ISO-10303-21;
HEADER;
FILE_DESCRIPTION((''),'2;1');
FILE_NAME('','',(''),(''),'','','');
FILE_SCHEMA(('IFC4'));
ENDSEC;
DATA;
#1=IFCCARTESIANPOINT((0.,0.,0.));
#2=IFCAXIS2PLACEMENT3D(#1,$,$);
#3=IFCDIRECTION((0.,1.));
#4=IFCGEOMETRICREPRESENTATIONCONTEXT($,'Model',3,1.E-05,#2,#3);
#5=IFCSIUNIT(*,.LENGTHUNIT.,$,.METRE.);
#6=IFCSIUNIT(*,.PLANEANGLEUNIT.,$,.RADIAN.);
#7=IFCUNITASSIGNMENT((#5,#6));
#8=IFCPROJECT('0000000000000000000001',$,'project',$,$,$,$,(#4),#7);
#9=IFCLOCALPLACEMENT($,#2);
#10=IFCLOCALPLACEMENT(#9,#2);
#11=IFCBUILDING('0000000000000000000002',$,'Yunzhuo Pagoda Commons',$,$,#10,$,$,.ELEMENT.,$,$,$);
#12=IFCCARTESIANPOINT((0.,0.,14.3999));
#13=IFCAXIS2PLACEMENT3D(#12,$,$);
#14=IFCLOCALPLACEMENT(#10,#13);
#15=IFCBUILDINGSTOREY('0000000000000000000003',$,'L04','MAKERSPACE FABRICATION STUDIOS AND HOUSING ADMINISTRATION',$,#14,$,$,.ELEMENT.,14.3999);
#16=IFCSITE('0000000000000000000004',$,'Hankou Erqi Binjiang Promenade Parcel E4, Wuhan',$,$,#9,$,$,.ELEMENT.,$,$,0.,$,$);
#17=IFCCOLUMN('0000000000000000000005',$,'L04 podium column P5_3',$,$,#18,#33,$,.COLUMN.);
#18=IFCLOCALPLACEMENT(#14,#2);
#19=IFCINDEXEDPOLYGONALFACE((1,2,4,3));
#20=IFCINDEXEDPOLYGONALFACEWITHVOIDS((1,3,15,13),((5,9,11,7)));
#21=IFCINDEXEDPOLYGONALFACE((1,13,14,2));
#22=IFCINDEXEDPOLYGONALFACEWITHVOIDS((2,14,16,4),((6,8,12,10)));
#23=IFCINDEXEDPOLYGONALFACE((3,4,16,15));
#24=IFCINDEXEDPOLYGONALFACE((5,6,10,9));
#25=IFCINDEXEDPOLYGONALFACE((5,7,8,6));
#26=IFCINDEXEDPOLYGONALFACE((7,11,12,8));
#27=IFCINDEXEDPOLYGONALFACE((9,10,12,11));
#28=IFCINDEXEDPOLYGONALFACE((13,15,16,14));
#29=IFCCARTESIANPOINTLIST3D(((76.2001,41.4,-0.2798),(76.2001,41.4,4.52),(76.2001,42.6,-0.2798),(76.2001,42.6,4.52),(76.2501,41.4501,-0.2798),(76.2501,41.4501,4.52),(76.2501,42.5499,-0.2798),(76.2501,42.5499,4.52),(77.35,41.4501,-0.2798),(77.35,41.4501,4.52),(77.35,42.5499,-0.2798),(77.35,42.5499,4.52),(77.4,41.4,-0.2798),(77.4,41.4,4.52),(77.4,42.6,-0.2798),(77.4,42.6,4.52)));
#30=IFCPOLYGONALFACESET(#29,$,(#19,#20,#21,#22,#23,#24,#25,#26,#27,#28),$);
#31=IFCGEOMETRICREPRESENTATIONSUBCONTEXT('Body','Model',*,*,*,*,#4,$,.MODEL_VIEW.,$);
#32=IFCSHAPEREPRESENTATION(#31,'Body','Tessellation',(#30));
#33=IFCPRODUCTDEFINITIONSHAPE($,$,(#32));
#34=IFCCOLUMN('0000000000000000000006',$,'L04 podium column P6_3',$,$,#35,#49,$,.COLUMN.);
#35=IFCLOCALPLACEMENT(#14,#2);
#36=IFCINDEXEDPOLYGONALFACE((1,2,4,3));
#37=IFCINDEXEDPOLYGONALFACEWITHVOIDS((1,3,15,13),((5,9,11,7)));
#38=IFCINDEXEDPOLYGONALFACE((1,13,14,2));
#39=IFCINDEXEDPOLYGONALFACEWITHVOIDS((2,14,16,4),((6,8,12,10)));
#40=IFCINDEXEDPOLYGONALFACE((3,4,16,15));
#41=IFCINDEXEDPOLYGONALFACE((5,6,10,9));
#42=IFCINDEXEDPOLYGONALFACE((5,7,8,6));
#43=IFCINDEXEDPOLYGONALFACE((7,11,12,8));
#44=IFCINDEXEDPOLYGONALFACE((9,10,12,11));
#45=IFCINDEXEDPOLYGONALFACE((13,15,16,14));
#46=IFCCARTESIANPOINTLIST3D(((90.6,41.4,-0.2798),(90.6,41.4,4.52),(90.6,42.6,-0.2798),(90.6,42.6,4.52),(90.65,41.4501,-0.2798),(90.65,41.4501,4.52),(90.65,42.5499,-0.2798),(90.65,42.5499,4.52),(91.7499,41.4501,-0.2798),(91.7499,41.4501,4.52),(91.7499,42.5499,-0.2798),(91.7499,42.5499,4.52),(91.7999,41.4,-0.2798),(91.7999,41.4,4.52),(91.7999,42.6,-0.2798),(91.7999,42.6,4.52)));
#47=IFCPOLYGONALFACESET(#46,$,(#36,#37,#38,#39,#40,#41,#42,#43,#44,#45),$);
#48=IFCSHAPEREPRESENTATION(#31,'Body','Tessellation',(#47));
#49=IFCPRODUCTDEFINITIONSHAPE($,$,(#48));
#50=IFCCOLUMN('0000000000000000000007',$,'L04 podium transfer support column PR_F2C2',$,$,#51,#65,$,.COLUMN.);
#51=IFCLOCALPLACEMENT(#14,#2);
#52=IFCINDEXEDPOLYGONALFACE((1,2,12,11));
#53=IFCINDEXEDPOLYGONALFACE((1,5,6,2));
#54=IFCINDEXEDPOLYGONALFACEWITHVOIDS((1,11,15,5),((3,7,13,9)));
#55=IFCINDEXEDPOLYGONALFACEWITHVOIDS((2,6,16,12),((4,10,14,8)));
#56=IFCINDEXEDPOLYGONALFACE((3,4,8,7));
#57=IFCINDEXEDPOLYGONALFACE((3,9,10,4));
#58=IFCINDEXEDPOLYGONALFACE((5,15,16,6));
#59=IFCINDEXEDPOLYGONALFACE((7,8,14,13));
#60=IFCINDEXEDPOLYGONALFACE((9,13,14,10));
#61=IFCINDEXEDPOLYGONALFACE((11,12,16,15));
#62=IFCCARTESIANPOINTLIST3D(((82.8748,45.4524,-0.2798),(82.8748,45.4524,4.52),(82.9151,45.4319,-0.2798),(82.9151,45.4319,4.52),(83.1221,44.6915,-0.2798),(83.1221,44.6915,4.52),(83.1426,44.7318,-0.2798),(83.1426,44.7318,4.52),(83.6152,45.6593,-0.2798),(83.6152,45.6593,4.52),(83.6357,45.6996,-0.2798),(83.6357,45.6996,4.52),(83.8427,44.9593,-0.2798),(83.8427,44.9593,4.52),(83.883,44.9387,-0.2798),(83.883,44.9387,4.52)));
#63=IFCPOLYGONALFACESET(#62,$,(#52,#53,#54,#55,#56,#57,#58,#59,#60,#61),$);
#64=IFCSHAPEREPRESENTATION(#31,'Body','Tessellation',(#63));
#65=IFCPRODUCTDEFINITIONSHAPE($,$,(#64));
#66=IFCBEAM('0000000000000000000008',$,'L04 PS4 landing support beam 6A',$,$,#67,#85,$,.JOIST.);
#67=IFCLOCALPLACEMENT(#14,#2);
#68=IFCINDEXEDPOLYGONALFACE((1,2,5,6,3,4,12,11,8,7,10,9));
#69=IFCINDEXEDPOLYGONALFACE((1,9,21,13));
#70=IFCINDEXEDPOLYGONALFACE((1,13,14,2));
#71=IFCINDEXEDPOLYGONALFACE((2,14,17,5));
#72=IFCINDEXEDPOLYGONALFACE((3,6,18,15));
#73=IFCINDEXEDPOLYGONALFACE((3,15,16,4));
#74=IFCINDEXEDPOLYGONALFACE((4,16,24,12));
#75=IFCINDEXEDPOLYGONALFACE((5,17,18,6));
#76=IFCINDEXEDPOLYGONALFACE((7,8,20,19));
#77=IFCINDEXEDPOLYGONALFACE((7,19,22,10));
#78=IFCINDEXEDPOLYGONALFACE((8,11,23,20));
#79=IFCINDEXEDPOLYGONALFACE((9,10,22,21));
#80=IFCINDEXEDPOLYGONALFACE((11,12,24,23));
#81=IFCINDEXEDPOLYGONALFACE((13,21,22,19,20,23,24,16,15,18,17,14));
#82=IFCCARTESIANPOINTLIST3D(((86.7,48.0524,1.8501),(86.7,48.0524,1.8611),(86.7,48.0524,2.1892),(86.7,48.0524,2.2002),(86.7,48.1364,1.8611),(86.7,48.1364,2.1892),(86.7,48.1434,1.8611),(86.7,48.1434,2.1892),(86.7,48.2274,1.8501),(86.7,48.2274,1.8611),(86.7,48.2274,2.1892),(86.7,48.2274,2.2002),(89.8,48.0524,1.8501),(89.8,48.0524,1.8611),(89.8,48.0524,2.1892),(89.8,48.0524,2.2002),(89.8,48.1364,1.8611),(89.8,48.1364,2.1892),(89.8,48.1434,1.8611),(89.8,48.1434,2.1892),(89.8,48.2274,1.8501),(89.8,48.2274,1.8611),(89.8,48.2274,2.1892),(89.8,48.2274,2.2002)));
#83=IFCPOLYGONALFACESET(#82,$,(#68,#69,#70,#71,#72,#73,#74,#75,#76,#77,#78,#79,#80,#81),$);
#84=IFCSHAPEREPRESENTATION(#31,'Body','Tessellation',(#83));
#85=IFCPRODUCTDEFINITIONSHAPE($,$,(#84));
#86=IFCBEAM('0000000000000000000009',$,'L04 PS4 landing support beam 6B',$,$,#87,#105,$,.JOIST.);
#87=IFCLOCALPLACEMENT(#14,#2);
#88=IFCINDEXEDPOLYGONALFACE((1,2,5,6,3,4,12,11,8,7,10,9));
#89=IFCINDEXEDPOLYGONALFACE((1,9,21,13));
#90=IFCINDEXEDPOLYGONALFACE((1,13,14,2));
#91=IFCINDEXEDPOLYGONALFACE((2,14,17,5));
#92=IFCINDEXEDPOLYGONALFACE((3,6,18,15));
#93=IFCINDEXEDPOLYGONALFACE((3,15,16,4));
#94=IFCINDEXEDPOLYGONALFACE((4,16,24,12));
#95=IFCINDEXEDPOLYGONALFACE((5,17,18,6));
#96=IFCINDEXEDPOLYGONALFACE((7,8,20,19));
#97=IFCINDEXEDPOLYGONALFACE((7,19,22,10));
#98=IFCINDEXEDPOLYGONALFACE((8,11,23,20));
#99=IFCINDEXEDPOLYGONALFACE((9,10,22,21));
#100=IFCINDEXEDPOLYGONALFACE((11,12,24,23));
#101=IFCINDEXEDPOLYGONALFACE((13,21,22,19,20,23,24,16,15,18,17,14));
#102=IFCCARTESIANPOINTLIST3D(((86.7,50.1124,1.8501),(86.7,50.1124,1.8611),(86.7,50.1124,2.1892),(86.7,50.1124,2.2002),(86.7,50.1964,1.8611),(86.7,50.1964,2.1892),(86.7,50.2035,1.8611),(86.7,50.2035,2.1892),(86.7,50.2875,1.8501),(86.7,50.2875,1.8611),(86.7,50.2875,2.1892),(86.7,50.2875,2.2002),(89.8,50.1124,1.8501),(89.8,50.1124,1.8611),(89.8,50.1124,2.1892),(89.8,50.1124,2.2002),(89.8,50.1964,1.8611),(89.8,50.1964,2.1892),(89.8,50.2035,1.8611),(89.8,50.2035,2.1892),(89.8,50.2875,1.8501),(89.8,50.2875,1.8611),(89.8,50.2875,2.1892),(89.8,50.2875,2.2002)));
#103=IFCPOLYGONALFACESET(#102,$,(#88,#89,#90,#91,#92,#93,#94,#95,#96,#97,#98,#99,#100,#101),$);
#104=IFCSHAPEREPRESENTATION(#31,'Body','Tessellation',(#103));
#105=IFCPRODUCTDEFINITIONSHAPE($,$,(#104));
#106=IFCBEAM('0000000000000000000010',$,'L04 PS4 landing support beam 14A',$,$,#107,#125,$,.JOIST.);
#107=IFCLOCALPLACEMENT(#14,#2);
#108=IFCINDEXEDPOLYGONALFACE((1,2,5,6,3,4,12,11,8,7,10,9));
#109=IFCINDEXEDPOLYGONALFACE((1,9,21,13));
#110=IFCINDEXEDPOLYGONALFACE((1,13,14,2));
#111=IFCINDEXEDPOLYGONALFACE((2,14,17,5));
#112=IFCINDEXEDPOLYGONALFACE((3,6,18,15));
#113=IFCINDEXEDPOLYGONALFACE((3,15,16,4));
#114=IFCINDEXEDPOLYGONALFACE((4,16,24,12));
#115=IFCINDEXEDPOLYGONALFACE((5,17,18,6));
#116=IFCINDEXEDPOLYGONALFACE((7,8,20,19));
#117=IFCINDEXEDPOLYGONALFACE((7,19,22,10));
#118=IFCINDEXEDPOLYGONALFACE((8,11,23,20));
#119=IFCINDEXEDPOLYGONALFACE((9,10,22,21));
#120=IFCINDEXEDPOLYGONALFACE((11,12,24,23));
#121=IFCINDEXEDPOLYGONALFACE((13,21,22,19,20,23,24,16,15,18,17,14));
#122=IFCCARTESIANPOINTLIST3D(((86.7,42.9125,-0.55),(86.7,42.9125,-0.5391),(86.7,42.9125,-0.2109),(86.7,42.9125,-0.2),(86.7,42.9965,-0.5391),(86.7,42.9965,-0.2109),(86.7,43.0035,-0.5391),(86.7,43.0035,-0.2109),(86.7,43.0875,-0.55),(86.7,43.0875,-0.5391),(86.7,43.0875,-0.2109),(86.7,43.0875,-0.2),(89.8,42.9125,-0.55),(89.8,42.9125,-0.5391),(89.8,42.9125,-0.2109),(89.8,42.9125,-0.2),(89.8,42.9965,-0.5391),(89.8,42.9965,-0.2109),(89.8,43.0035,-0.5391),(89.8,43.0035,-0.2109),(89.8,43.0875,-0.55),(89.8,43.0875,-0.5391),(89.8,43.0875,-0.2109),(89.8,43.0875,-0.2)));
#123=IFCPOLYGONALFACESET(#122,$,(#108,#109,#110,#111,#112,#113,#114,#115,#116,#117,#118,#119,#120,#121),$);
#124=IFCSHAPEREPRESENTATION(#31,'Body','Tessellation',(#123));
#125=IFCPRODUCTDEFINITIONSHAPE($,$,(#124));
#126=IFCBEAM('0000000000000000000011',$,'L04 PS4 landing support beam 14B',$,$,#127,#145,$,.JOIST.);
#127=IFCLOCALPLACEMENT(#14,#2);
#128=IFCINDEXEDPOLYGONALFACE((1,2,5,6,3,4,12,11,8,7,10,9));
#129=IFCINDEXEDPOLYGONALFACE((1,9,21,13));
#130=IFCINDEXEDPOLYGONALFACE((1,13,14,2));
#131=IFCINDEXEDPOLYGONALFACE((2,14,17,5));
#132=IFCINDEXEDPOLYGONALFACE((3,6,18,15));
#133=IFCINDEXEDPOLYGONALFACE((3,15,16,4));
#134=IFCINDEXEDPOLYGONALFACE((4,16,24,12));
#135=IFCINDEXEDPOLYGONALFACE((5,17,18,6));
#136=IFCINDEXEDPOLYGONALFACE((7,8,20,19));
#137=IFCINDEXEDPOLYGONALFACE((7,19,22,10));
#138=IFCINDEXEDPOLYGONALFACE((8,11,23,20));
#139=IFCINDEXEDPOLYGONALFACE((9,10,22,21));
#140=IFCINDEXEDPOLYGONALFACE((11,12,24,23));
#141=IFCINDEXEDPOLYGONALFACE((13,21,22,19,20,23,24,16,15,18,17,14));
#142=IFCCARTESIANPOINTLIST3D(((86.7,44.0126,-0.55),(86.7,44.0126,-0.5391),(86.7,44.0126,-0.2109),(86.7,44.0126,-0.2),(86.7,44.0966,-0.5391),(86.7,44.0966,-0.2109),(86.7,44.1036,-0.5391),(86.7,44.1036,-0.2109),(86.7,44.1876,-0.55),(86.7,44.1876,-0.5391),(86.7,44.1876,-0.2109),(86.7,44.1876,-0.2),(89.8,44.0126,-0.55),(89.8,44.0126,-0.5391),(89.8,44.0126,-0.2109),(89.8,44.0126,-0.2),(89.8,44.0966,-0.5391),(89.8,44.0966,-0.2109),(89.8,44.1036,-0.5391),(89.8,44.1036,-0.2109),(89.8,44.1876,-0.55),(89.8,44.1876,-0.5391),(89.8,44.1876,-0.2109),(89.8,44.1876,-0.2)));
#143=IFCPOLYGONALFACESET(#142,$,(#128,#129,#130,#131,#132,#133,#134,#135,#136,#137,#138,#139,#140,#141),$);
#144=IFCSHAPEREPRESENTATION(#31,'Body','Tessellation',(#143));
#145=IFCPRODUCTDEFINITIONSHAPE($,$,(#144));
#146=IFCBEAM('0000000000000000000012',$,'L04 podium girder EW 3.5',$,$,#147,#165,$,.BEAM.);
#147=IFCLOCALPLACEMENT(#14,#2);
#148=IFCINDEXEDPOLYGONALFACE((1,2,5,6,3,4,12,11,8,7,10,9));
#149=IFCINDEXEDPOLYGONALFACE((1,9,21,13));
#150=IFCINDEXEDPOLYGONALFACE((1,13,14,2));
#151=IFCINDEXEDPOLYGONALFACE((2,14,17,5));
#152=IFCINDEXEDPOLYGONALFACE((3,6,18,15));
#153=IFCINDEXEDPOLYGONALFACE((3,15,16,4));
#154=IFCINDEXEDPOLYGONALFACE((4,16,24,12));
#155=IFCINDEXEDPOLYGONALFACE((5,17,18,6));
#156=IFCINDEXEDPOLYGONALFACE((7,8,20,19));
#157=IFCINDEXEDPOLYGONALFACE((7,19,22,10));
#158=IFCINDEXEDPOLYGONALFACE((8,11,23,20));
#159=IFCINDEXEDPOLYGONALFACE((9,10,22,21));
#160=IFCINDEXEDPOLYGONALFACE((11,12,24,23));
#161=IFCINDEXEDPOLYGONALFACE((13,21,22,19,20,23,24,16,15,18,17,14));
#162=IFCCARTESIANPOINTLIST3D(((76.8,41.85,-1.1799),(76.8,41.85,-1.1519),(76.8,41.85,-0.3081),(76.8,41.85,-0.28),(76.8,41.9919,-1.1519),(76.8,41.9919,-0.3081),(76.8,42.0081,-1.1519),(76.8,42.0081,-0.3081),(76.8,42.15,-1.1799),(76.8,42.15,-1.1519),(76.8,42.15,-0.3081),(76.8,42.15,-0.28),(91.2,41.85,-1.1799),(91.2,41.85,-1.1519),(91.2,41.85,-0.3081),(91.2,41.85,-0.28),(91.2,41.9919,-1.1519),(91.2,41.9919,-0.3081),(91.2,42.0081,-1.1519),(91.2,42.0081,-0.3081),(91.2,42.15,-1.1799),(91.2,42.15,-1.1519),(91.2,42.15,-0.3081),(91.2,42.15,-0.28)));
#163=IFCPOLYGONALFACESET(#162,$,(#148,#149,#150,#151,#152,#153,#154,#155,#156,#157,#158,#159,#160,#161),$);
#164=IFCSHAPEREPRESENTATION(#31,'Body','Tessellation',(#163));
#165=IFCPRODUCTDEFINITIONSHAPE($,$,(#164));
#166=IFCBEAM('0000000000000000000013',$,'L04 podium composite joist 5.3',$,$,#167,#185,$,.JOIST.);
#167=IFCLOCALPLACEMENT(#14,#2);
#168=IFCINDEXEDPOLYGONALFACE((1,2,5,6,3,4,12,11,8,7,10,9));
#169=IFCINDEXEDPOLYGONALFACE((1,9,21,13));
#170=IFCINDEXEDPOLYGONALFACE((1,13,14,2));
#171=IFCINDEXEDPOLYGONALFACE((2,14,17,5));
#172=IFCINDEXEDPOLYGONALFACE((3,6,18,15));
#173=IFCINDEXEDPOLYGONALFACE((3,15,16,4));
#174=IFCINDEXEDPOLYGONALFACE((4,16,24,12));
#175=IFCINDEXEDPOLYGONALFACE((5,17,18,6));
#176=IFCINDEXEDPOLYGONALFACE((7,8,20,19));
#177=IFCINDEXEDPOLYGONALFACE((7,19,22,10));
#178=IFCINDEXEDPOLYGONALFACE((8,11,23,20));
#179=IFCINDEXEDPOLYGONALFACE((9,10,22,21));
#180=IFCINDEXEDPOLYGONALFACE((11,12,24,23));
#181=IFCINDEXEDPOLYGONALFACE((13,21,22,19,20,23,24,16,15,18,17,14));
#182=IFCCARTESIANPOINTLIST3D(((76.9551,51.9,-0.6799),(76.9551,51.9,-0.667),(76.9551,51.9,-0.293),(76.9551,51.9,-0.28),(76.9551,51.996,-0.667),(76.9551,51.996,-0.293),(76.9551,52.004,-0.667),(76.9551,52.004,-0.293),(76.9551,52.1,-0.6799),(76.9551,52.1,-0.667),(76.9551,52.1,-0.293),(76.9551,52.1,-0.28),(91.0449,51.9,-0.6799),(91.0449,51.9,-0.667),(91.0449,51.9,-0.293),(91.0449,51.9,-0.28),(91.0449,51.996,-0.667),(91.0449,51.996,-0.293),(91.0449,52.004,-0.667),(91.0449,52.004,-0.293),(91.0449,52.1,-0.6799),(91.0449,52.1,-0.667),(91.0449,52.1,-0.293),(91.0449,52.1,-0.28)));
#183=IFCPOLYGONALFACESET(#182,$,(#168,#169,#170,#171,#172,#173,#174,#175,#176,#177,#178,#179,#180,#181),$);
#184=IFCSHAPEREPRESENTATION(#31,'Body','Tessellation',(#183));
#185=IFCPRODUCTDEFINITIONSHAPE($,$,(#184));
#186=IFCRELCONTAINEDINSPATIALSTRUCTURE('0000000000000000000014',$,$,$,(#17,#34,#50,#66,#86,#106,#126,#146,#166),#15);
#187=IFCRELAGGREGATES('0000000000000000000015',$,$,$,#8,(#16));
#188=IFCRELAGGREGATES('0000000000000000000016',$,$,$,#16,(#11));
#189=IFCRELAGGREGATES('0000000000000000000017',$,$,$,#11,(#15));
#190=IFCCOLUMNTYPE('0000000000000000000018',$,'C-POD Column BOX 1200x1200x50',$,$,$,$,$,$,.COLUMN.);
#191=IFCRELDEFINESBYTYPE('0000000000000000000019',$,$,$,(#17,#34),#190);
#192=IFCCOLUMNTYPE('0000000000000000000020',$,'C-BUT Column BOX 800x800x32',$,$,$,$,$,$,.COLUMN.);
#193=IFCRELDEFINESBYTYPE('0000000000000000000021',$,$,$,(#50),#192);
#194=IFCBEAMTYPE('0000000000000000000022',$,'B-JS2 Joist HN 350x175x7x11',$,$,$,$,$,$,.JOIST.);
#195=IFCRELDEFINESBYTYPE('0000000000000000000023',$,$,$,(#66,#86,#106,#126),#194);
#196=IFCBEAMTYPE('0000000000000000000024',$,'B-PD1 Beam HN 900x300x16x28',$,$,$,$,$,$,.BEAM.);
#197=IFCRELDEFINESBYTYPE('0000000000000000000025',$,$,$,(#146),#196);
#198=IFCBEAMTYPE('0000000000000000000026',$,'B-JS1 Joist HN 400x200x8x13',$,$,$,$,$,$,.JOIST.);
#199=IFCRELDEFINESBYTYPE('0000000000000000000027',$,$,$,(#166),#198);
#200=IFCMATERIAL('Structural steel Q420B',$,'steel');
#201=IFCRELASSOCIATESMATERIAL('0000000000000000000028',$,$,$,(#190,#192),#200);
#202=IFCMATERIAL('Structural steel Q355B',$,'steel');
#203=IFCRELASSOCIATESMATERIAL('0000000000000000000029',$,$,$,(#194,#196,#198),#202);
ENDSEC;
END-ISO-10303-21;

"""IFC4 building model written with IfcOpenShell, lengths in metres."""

from ifc_helpers import new_model, si_unit, direction, frame, origin, origin_2d, place, context, subcontext, project, spatial, hollow_rectangle, i_section, extrude, source, transform, mapped, material, material_profile, profile_set, type_object, element, save


model = new_model("IFC4")

# Units and contexts
model_context = context("Model", 3, precision=1e-05, world=origin(), true_north=direction((0.0, 1.0)))
body_context = subcontext(model_context, "Body", "Model", "MODEL_VIEW")
ifc_project = project(units=[si_unit("LENGTHUNIT", "METRE"), si_unit("PLANEANGLEUNIT", "RADIAN")], contexts=[model_context])

# Site, building, storey
site_placement = place(None, origin())
site = spatial("IfcSite", under=ifc_project, at=site_placement, Name="Hankou Erqi Binjiang Promenade Parcel E4, Wuhan", CompositionType="ELEMENT", RefElevation=0.0)
building_placement = place(site_placement, origin())
building = spatial("IfcBuilding", under=site, at=building_placement, Name="Yunzhuo Pagoda Commons", CompositionType="ELEMENT")
storey_placement = place(building_placement, frame((0.0, 0.0, 14.3999)))
storey = spatial("IfcBuildingStorey", under=building, at=storey_placement, Name="L04", Description="MAKERSPACE FABRICATION STUDIOS AND HOUSING ADMINISTRATION", CompositionType="ELEMENT", Elevation=14.3999)

# Columns
ifc_material_1 = material(Name="Structural steel Q420B", Category="steel")
ifc_material_profile_1 = material_profile(ifc_material_1, hollow_rectangle(XDim=1.2, YDim=1.2, WallThickness=0.05, at=origin_2d()), Name="Structural steel Q420B")
ifc_profile_set_1 = profile_set([ifc_material_profile_1], Name="Structural steel Q420B")
column_type_1 = type_object("IfcColumnType", Name="C-POD Column BOX 1200x1200x50", PredefinedType="COLUMN", material=ifc_profile_set_1)
shared_shape_1 = source(origin(), body_context, "Body", "SweptSolid", [
    extrude(hollow_rectangle(XDim=1.2, YDim=1.2, WallThickness=0.05, at=origin_2d()), origin(), (0.0, 0.0, 1.0), 4.7998),
])
for number, where, z_axis, x_axis, name in (
    (1, (76.8, 42.0, -0.2798), (0.0, 0.0, 1.0), (1.0, 0.0, 0.0), "L04 podium column P5_3"),
    (2, (91.2, 42.0, -0.2798), (0.0, 0.0, 1.0), (1.0, 0.0, 0.0), "L04 podium column P6_3"),
):
    element("IfcColumn", number, at=place(storey_placement, frame(where, z_axis=z_axis, x_axis=x_axis)), inside=storey, type_object=column_type_1, Name=name, PredefinedType="COLUMN", context=body_context, shape_type="MappedRepresentation", body=[
        mapped(shared_shape_1, transform((0.0, 0.0, 0.0), scale=1.0)),
    ])
ifc_material_profile_2 = material_profile(ifc_material_1, hollow_rectangle(XDim=0.8, YDim=0.8, WallThickness=0.032, at=origin_2d()), Name="Structural steel Q420B")
ifc_profile_set_2 = profile_set([ifc_material_profile_2], Name="Structural steel Q420B")
column_type_2 = type_object("IfcColumnType", Name="C-BUT Column BOX 800x800x32", PredefinedType="COLUMN", material=ifc_profile_set_2)
shared_shape_2 = source(origin(), body_context, "Body", "SweptSolid", [
    extrude(hollow_rectangle(XDim=0.8, YDim=0.8, WallThickness=0.032, at=origin_2d()), origin(), (0.0, 0.0, 1.0), 4.7998),
])
column_placement = place(storey_placement, frame((83.3789, 45.1956, -0.2798), z_axis=(0.0, 0.0, 1.0), x_axis=(-0.309017, 0.951057, 0.0)))
element("IfcColumn", 3, at=column_placement, inside=storey, type_object=column_type_2, Name="L04 podium transfer support column PR_F2C2", PredefinedType="COLUMN", context=body_context, shape_type="MappedRepresentation", body=[
    mapped(shared_shape_2, transform((0.0, 0.0, 0.0), scale=1.0)),
])

# Beams
ifc_material_2 = material(Name="Structural steel Q355B", Category="steel")
ifc_material_profile_3 = material_profile(ifc_material_2, i_section(OverallWidth=0.175, OverallDepth=0.3501, WebThickness=0.0071, FlangeThickness=0.011, at=origin_2d()), Name="Structural steel Q355B")
ifc_profile_set_3 = profile_set([ifc_material_profile_3], Name="Structural steel Q355B")
beam_type_1 = type_object("IfcBeamType", Name="B-JS2 Joist HN 350x175x7x11", PredefinedType="JOIST", material=ifc_profile_set_3)
shared_shape_3 = source(origin(), body_context, "Body", "SweptSolid", [
    extrude(i_section(OverallWidth=0.175, OverallDepth=0.3501, WebThickness=0.0071, FlangeThickness=0.011, at=origin_2d()), origin(), (0.0, 0.0, 1.0), 3.1001),
])
for number, where, z_axis, x_axis, name in (
    (4, (86.7, 48.1399, 2.0251), (1.0, 0.0, 0.0), (0.0, 1.0, 0.0), "L04 PS4 landing support beam 6A"),
    (5, (86.7, 50.2, 2.0251), (1.0, 0.0, 0.0), (0.0, 1.0, 0.0), "L04 PS4 landing support beam 6B"),
    (6, (86.7, 43.0, -0.375), (1.0, 0.0, 0.0), (0.0, 1.0, 0.0), "L04 PS4 landing support beam 14A"),
    (7, (86.7, 44.1001, -0.375), (1.0, 0.0, 0.0), (0.0, 1.0, 0.0), "L04 PS4 landing support beam 14B"),
):
    element("IfcBeam", number, at=place(storey_placement, frame(where, z_axis=z_axis, x_axis=x_axis)), inside=storey, type_object=beam_type_1, Name=name, PredefinedType="JOIST", context=body_context, shape_type="MappedRepresentation", body=[
        mapped(shared_shape_3, transform((0.0, 0.0, 0.0), scale=1.0)),
    ])
ifc_material_profile_4 = material_profile(ifc_material_2, i_section(OverallWidth=0.3, OverallDepth=0.8999, WebThickness=0.0161, FlangeThickness=0.0281, at=origin_2d()), Name="Structural steel Q355B")
ifc_profile_set_4 = profile_set([ifc_material_profile_4], Name="Structural steel Q355B")
beam_type_2 = type_object("IfcBeamType", Name="B-PD1 Beam HN 900x300x16x28", PredefinedType="BEAM", material=ifc_profile_set_4)
shared_shape_4 = source(origin(), body_context, "Body", "SweptSolid", [
    extrude(i_section(OverallWidth=0.3, OverallDepth=0.8999, WebThickness=0.0161, FlangeThickness=0.0281, at=origin_2d()), origin(), (0.0, 0.0, 1.0), 14.3999),
])
beam_1_placement = place(storey_placement, frame((76.8, 42.0, -0.73), z_axis=(1.0, 0.0, 0.0), x_axis=(0.0, 1.0, 0.0)))
element("IfcBeam", 8, at=beam_1_placement, inside=storey, type_object=beam_type_2, Name="L04 podium girder EW 3.5", PredefinedType="BEAM", context=body_context, shape_type="MappedRepresentation", body=[
    mapped(shared_shape_4, transform((0.0, 0.0, 0.0), scale=1.0)),
])
ifc_material_profile_5 = material_profile(ifc_material_2, i_section(OverallWidth=0.2, OverallDepth=0.3999, WebThickness=0.0081, FlangeThickness=0.0129, at=origin_2d()), Name="Structural steel Q355B")
ifc_profile_set_5 = profile_set([ifc_material_profile_5], Name="Structural steel Q355B")
beam_type_3 = type_object("IfcBeamType", Name="B-JS1 Joist HN 400x200x8x13", PredefinedType="JOIST", material=ifc_profile_set_5)
shared_shape_5 = source(origin(), body_context, "Body", "SweptSolid", [
    extrude(i_section(OverallWidth=0.2, OverallDepth=0.3999, WebThickness=0.0081, FlangeThickness=0.0129, at=origin_2d()), origin(), (0.0, 0.0, 1.0), 14.0898),
])
beam_2_placement = place(storey_placement, frame((76.9551, 52.0, -0.48), z_axis=(1.0, 0.0, 0.0), x_axis=(0.0, 1.0, 0.0)))
element("IfcBeam", 9, at=beam_2_placement, inside=storey, type_object=beam_type_3, Name="L04 podium composite joist 5.3", PredefinedType="JOIST", context=body_context, shape_type="MappedRepresentation", body=[
    mapped(shared_shape_5, transform((0.0, 0.0, 0.0), scale=1.0)),
])

save(model, "model.ifc")
